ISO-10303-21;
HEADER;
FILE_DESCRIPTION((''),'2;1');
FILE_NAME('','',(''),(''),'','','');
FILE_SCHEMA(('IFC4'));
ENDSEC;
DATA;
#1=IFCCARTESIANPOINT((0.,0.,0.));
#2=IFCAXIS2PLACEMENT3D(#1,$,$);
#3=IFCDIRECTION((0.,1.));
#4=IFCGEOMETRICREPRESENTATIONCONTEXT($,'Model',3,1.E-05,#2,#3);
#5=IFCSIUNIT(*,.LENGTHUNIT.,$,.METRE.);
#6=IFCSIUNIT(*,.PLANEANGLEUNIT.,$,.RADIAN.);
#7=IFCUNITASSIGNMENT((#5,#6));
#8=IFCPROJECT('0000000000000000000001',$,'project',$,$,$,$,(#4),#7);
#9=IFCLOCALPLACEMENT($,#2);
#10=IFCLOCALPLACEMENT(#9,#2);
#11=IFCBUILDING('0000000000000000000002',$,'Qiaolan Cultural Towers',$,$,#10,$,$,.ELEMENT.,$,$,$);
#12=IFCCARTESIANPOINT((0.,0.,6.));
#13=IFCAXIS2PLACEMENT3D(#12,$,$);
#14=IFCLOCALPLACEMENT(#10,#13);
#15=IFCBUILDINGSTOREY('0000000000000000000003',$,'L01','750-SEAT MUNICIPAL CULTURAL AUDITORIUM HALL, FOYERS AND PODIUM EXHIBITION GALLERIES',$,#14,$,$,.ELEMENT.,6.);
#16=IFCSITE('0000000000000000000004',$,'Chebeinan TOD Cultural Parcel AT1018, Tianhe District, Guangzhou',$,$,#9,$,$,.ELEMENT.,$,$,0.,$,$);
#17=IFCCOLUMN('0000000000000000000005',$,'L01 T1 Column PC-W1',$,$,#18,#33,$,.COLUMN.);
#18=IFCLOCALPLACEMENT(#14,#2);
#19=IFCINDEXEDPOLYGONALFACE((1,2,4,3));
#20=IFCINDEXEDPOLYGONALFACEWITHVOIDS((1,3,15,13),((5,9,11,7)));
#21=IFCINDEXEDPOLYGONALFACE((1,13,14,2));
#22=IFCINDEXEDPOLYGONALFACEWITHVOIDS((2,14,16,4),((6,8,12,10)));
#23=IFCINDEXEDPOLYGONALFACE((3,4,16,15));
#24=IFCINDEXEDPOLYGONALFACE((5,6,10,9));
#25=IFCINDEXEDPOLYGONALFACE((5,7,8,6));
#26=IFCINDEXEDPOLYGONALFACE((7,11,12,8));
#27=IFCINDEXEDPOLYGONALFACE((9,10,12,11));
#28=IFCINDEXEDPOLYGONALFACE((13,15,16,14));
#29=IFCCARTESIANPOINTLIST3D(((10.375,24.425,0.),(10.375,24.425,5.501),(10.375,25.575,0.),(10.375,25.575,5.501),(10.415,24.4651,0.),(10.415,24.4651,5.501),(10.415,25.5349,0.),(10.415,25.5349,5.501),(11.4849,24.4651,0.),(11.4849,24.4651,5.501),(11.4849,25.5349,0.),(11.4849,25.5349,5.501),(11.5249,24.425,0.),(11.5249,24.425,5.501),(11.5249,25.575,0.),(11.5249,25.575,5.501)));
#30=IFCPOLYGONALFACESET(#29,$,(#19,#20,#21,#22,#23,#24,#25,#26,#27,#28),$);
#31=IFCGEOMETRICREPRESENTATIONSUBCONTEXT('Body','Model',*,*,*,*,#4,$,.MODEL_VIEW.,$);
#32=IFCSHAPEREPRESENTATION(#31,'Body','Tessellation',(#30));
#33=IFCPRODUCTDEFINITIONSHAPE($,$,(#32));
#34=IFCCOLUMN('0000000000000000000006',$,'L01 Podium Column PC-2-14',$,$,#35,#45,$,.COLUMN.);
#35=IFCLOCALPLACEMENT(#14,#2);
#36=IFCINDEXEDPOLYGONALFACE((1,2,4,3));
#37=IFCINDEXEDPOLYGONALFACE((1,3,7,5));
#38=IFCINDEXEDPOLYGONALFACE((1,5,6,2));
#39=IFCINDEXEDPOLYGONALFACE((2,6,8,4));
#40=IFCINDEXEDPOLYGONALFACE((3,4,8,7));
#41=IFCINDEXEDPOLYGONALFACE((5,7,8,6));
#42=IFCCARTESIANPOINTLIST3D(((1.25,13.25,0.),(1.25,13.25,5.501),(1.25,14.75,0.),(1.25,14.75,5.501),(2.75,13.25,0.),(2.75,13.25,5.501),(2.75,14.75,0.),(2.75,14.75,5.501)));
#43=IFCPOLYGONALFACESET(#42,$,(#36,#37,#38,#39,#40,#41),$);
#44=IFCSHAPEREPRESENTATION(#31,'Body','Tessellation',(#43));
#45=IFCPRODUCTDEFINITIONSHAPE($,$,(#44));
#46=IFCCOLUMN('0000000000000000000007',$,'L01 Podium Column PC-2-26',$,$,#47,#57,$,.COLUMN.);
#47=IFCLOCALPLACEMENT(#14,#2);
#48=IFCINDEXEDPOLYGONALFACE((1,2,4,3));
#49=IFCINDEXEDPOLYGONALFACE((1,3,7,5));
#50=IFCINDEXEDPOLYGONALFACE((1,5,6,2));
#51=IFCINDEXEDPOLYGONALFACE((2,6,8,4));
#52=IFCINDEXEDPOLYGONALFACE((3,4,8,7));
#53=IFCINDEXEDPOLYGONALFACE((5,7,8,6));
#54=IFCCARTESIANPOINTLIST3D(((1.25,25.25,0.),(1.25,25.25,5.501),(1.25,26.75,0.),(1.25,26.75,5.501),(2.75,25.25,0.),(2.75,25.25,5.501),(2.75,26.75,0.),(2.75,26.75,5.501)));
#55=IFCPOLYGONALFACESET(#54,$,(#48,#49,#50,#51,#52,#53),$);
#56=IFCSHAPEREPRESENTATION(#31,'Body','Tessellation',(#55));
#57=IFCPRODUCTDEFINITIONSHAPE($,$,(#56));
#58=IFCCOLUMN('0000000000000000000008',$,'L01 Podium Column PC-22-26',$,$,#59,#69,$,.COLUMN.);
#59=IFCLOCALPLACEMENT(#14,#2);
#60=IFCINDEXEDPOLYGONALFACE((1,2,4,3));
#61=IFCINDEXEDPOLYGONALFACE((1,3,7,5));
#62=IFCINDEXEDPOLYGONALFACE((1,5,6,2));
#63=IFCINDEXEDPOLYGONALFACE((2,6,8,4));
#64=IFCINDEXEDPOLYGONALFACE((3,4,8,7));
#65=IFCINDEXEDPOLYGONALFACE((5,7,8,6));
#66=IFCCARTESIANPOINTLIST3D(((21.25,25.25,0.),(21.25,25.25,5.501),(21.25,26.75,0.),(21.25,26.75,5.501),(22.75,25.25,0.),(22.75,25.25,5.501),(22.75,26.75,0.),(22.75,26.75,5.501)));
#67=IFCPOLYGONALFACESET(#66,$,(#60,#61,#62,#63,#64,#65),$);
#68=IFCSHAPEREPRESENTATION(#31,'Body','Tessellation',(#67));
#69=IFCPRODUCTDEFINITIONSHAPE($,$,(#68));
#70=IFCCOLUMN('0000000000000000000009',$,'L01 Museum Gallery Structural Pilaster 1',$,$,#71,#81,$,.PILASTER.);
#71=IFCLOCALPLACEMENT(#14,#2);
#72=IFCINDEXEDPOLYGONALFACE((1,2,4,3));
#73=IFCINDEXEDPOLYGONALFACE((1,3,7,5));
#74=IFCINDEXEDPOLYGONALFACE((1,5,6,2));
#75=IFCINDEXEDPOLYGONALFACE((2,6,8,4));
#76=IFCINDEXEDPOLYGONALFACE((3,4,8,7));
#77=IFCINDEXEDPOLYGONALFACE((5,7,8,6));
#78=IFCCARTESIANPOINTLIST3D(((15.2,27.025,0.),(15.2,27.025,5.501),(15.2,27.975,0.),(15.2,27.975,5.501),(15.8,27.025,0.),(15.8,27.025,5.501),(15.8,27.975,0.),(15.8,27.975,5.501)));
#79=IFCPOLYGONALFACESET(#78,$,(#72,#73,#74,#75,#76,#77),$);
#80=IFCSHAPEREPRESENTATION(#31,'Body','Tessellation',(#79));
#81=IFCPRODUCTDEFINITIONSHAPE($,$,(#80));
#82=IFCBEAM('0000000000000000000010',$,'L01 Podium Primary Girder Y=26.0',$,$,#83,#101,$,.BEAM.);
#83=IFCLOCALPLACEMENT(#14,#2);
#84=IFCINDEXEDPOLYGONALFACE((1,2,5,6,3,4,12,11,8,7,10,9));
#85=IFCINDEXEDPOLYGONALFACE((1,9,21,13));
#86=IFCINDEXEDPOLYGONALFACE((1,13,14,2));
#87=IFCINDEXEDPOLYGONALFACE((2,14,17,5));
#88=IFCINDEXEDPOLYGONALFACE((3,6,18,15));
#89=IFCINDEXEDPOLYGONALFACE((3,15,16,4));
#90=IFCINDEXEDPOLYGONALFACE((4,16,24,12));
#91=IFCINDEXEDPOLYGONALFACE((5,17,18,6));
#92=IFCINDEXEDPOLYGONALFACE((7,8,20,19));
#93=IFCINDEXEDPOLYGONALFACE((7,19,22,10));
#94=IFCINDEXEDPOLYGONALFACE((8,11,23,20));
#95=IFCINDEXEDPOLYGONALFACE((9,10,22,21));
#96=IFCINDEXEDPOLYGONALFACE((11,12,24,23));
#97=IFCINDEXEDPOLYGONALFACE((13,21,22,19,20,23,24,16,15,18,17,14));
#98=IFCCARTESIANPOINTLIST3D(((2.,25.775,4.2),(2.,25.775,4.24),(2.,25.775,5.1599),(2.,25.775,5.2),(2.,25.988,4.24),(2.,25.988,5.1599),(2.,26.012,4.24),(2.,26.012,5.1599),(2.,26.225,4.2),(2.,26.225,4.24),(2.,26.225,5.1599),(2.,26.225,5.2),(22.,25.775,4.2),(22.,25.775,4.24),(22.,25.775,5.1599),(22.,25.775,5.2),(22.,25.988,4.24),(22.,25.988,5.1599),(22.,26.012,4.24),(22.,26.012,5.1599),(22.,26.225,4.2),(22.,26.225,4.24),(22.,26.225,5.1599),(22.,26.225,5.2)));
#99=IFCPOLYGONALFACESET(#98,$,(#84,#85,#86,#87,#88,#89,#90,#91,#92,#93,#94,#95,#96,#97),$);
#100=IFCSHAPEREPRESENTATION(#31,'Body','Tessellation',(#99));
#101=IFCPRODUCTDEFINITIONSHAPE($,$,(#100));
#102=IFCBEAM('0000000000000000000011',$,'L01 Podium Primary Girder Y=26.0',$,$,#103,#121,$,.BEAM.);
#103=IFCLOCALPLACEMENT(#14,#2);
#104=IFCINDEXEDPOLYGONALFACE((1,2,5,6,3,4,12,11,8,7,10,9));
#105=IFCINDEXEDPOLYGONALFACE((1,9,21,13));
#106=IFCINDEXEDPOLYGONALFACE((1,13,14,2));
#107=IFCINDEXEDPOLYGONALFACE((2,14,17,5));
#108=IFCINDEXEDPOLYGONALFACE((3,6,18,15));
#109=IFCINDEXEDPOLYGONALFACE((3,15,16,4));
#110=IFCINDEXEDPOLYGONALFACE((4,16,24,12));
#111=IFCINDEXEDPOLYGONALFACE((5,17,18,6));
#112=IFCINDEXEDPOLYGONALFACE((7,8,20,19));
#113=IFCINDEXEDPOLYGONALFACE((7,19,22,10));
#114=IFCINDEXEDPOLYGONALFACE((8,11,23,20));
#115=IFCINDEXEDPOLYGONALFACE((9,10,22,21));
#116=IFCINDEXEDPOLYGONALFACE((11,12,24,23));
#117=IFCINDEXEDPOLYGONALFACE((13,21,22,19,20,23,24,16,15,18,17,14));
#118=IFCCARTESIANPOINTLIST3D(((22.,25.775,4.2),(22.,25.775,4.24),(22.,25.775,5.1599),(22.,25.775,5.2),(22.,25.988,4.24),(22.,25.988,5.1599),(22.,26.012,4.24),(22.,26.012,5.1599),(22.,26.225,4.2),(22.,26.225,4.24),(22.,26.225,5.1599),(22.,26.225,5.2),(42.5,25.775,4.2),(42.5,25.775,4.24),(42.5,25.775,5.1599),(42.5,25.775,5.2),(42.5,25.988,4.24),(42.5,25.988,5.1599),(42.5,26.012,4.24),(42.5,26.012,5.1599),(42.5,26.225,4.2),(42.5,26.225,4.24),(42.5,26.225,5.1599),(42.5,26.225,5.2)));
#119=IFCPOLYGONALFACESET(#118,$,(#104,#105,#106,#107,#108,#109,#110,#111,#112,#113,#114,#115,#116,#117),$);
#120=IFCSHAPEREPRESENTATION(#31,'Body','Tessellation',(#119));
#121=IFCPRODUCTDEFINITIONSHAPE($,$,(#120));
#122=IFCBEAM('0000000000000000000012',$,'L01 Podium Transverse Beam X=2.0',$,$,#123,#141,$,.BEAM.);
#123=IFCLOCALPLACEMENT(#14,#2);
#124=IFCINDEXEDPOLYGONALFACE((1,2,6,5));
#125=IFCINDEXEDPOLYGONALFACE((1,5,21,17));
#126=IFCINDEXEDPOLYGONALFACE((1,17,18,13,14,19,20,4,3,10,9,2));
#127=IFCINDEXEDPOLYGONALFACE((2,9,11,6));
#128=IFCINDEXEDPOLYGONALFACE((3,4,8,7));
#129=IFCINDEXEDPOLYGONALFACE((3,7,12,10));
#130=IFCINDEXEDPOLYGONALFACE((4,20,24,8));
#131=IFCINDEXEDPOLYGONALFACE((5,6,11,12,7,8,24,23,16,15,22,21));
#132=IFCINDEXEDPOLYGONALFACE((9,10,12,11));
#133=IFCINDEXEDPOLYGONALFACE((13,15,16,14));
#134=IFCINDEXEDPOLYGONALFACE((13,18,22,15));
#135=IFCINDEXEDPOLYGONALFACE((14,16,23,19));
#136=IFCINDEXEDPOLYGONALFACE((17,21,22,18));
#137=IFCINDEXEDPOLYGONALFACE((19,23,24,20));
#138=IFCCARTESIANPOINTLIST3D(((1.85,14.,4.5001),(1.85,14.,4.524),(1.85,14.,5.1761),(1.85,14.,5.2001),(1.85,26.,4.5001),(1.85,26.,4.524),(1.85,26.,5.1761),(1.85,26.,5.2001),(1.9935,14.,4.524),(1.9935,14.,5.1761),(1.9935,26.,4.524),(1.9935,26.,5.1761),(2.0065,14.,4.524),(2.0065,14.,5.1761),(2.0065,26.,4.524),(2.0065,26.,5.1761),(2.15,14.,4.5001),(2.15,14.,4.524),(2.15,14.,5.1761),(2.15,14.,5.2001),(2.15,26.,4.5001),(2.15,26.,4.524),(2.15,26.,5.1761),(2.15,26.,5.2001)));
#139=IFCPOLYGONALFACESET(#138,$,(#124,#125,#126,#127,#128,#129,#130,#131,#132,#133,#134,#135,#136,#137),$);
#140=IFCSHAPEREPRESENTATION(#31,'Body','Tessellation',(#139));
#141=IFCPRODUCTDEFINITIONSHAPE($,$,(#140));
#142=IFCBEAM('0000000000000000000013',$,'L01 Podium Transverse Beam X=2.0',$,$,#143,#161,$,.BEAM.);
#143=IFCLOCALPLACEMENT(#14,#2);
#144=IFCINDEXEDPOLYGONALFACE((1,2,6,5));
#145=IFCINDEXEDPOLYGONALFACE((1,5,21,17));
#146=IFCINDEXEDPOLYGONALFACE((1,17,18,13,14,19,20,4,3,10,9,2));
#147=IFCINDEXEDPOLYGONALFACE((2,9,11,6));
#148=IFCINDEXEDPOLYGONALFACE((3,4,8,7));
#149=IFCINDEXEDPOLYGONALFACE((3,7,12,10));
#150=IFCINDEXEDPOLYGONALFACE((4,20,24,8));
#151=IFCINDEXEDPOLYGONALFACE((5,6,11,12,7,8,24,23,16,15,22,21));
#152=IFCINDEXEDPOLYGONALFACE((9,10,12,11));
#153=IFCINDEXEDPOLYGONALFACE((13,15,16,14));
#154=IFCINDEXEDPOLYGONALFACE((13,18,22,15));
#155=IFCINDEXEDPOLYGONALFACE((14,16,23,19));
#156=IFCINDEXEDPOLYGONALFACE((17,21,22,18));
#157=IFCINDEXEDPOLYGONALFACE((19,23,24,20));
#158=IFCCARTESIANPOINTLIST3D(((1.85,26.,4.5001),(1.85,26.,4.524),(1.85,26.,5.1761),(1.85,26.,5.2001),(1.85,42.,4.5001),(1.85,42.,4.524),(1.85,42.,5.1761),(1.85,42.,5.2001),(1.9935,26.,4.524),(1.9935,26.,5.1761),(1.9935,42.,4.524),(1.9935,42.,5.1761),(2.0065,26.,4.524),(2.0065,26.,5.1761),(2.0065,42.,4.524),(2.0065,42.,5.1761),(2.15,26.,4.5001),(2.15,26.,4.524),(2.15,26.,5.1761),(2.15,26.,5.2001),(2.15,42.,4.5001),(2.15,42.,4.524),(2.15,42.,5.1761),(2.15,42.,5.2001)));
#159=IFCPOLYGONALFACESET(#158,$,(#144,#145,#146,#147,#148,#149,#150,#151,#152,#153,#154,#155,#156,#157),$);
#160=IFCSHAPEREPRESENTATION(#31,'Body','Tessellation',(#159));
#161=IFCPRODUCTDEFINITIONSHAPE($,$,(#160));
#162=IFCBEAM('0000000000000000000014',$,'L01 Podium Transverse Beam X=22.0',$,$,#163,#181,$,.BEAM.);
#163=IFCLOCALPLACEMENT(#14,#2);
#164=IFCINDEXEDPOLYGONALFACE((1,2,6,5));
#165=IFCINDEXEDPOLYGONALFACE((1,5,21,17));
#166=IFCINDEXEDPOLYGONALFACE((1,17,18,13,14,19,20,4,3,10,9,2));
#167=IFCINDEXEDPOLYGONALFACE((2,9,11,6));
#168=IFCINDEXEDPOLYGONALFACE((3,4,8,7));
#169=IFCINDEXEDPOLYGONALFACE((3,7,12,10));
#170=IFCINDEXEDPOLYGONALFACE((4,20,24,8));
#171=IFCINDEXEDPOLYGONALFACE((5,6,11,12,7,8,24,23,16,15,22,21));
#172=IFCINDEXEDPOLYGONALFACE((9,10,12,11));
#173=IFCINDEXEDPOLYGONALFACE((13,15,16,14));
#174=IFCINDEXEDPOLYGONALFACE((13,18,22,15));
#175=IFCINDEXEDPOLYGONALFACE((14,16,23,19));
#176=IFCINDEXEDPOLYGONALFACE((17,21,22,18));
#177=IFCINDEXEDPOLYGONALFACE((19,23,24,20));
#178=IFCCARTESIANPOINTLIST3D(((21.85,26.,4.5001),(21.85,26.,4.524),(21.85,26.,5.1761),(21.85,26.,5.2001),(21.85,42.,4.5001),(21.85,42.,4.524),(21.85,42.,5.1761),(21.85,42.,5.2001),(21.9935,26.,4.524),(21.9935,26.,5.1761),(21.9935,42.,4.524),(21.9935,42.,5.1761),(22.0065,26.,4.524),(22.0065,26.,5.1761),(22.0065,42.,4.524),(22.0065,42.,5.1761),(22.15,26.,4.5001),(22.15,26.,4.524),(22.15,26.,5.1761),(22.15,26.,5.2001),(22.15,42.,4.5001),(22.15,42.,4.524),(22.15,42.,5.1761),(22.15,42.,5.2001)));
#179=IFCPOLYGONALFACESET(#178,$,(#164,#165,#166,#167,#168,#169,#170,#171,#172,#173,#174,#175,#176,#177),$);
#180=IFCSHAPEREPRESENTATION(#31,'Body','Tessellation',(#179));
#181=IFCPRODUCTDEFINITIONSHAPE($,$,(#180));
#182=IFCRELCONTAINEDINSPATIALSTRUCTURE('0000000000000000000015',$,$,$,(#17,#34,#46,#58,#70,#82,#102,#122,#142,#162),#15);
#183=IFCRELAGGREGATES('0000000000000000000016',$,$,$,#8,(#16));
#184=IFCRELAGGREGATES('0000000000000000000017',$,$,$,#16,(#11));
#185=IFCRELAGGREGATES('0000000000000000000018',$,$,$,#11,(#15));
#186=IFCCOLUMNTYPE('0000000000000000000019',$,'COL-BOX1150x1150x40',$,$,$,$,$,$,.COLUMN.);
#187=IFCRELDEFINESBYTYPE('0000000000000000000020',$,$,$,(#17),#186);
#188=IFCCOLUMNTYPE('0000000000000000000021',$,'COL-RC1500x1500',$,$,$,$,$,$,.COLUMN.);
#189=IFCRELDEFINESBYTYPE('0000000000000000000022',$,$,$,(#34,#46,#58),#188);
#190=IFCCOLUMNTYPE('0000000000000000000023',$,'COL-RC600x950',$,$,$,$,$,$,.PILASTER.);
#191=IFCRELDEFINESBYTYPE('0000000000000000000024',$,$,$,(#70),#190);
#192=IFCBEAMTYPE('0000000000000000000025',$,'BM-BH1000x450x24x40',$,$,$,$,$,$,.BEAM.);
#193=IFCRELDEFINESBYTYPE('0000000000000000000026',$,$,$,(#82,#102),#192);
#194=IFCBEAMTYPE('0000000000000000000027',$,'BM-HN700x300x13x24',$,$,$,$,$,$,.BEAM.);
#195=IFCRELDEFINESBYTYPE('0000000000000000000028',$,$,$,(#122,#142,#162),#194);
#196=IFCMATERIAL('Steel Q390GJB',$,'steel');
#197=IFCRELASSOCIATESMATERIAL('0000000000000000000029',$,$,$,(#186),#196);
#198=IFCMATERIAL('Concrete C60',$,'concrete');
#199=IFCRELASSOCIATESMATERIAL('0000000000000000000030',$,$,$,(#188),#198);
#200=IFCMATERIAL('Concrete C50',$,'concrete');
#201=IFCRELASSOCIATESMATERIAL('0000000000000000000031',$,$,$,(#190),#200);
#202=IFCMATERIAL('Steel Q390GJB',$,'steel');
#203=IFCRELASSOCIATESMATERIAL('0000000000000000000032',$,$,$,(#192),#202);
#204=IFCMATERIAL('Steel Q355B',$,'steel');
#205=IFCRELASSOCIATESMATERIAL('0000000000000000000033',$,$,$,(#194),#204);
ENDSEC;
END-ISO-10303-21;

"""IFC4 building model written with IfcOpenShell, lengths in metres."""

from ifc_helpers import new_model, si_unit, direction, frame, origin, origin_2d, place, context, subcontext, project, spatial, rectangle, hollow_rectangle, i_section, extrude, material, material_profile, profile_set, type_object, element, save


model = new_model("IFC4")

# Units and contexts
model_context = context("Model", 3, precision=1e-05, world=origin(), true_north=direction((0.0, 1.0)))
body_context = subcontext(model_context, "Body", "Model", "MODEL_VIEW")
ifc_project = project(units=[si_unit("LENGTHUNIT", "METRE"), si_unit("PLANEANGLEUNIT", "RADIAN")], contexts=[model_context])

# Site, building, storey
site_placement = place(None, origin())
site = spatial("IfcSite", under=ifc_project, at=site_placement, Name="Chebeinan TOD Cultural Parcel AT1018, Tianhe District, Guangzhou", CompositionType="ELEMENT", RefElevation=0.0)
building_placement = place(site_placement, origin())
building = spatial("IfcBuilding", under=site, at=building_placement, Name="Qiaolan Cultural Towers", CompositionType="ELEMENT")
storey_placement = place(building_placement, frame((0.0, 0.0, 6.0)))
storey = spatial("IfcBuildingStorey", under=building, at=storey_placement, Name="L01", Description="750-SEAT MUNICIPAL CULTURAL AUDITORIUM HALL, FOYERS AND PODIUM EXHIBITION GALLERIES", CompositionType="ELEMENT", Elevation=6.0)

# Columns
ifc_material_1 = material(Name="Steel Q390GJB", Category="steel")
ifc_material_profile_1 = material_profile(ifc_material_1, hollow_rectangle(XDim=1.1499, YDim=1.1499, WallThickness=0.04, at=origin_2d()), Name="BOX1150x1150x40")
ifc_profile_set_1 = profile_set([ifc_material_profile_1], Name="Steel Q390GJB")
column_type_1 = type_object("IfcColumnType", Name="COL-BOX1150x1150x40", PredefinedType="COLUMN", material=ifc_profile_set_1)
column_1_placement = place(storey_placement, frame((10.95, 25.0, 0.0), z_axis=(0.0, 0.0, 1.0), x_axis=(1.0, 0.0, 0.0)))
element("IfcColumn", 1, at=column_1_placement, inside=storey, type_object=column_type_1, Name="L01 T1 Column PC-W1", PredefinedType="COLUMN", context=body_context, shape_type="SweptSolid", body=[
    extrude(hollow_rectangle(XDim=1.1499, YDim=1.1499, WallThickness=0.04, at=origin_2d()), origin(), (0.0, 0.0, 1.0), 5.501),
])
ifc_material_2 = material(Name="Concrete C60", Category="concrete")
ifc_material_profile_2 = material_profile(ifc_material_2, rectangle(XDim=1.5, YDim=1.5, at=origin_2d()), Name="RC1500x1500")
ifc_profile_set_2 = profile_set([ifc_material_profile_2], Name="Concrete C60")
column_type_2 = type_object("IfcColumnType", Name="COL-RC1500x1500", PredefinedType="COLUMN", material=ifc_profile_set_2)
for number, where, z_axis, x_axis, name in (
    (2, (2.0, 14.0, 0.0), (0.0, 0.0, 1.0), (1.0, 0.0, 0.0), "L01 Podium Column PC-2-14"),
    (3, (2.0, 26.0, 0.0), (0.0, 0.0, 1.0), (1.0, 0.0, 0.0), "L01 Podium Column PC-2-26"),
    (4, (22.0, 26.0, 0.0), (0.0, 0.0, 1.0), (1.0, 0.0, 0.0), "L01 Podium Column PC-22-26"),
):
    element("IfcColumn", number, at=place(storey_placement, frame(where, z_axis=z_axis, x_axis=x_axis)), inside=storey, type_object=column_type_2, Name=name, PredefinedType="COLUMN", context=body_context, shape_type="SweptSolid", body=[
        extrude(rectangle(XDim=1.5, YDim=1.5, at=origin_2d()), origin(), (0.0, 0.0, 1.0), 5.501),
    ])
ifc_material_3 = material(Name="Concrete C50", Category="concrete")
ifc_material_profile_3 = material_profile(ifc_material_3, rectangle(XDim=0.6001, YDim=0.95, at=origin_2d()), Name="RC600x950")
ifc_profile_set_3 = profile_set([ifc_material_profile_3], Name="Concrete C50")
column_type_3 = type_object("IfcColumnType", Name="COL-RC600x950", PredefinedType="PILASTER", material=ifc_profile_set_3)
column_2_placement = place(storey_placement, frame((15.5, 27.5, 0.0), z_axis=(0.0, 0.0, 1.0), x_axis=(1.0, 0.0, 0.0)))
element("IfcColumn", 5, at=column_2_placement, inside=storey, type_object=column_type_3, Name="L01 Museum Gallery Structural Pilaster 1", PredefinedType="PILASTER", context=body_context, shape_type="SweptSolid", body=[
    extrude(rectangle(XDim=0.6001, YDim=0.95, at=origin_2d()), origin(), (0.0, 0.0, 1.0), 5.501),
])

# Beams
ifc_material_4 = material(Name="Steel Q390GJB", Category="steel")
ifc_material_profile_4 = material_profile(ifc_material_4, i_section(OverallWidth=0.45, OverallDepth=1.0, WebThickness=0.0239, FlangeThickness=0.04, at=origin_2d()), Name="BH1000x450x24x40")
ifc_profile_set_4 = profile_set([ifc_material_profile_4], Name="Steel Q390GJB")
beam_type_1 = type_object("IfcBeamType", Name="BM-BH1000x450x24x40", PredefinedType="BEAM", material=ifc_profile_set_4)
beam_1_placement = place(storey_placement, frame((2.0, 26.0, 4.7), z_axis=(1.0, 0.0, 0.0), x_axis=(0.0, 1.0, 0.0)))
element("IfcBeam", 6, at=beam_1_placement, inside=storey, type_object=beam_type_1, Name="L01 Podium Primary Girder Y=26.0", PredefinedType="BEAM", context=body_context, shape_type="SweptSolid", body=[
    extrude(i_section(OverallWidth=0.45, OverallDepth=1.0, WebThickness=0.0239, FlangeThickness=0.04, at=origin_2d()), origin(), (0.0, 0.0, 1.0), 20.0),
])
beam_2_placement = place(storey_placement, frame((22.0, 26.0, 4.7), z_axis=(1.0, 0.0, 0.0), x_axis=(0.0, 1.0, 0.0)))
element("IfcBeam", 7, at=beam_2_placement, inside=storey, type_object=beam_type_1, Name="L01 Podium Primary Girder Y=26.0", PredefinedType="BEAM", context=body_context, shape_type="SweptSolid", body=[
    extrude(i_section(OverallWidth=0.45, OverallDepth=1.0, WebThickness=0.0239, FlangeThickness=0.04, at=origin_2d()), origin(), (0.0, 0.0, 1.0), 20.5),
])
ifc_material_5 = material(Name="Steel Q355B", Category="steel")
ifc_material_profile_5 = material_profile(ifc_material_5, i_section(OverallWidth=0.3, OverallDepth=0.7, WebThickness=0.0129, FlangeThickness=0.0239, at=origin_2d()), Name="HN700x300x13x24")
ifc_profile_set_5 = profile_set([ifc_material_profile_5], Name="Steel Q355B")
beam_type_2 = type_object("IfcBeamType", Name="BM-HN700x300x13x24", PredefinedType="BEAM", material=ifc_profile_set_5)
beam_3_placement = place(storey_placement, frame((2.0, 14.0, 4.8501), z_axis=(0.0, 1.0, 0.0), x_axis=(-1.0, 0.0, 0.0)))
element("IfcBeam", 8, at=beam_3_placement, inside=storey, type_object=beam_type_2, Name="L01 Podium Transverse Beam X=2.0", PredefinedType="BEAM", context=body_context, shape_type="SweptSolid", body=[
    extrude(i_section(OverallWidth=0.3, OverallDepth=0.7, WebThickness=0.0129, FlangeThickness=0.0239, at=origin_2d()), origin(), (0.0, 0.0, 1.0), 12.0),
])
for number, where, z_axis, x_axis, name in (
    (9, (2.0, 26.0, 4.8501), (0.0, 1.0, 0.0), (-1.0, 0.0, 0.0), "L01 Podium Transverse Beam X=2.0"),
    (10, (22.0, 26.0, 4.8501), (0.0, 1.0, 0.0), (-1.0, 0.0, 0.0), "L01 Podium Transverse Beam X=22.0"),
):
    element("IfcBeam", number, at=place(storey_placement, frame(where, z_axis=z_axis, x_axis=x_axis)), inside=storey, type_object=beam_type_2, Name=name, PredefinedType="BEAM", context=body_context, shape_type="SweptSolid", body=[
        extrude(i_section(OverallWidth=0.3, OverallDepth=0.7, WebThickness=0.0129, FlangeThickness=0.0239, at=origin_2d()), origin(), (0.0, 0.0, 1.0), 16.0),
    ])

save(model, "model.ifc")
